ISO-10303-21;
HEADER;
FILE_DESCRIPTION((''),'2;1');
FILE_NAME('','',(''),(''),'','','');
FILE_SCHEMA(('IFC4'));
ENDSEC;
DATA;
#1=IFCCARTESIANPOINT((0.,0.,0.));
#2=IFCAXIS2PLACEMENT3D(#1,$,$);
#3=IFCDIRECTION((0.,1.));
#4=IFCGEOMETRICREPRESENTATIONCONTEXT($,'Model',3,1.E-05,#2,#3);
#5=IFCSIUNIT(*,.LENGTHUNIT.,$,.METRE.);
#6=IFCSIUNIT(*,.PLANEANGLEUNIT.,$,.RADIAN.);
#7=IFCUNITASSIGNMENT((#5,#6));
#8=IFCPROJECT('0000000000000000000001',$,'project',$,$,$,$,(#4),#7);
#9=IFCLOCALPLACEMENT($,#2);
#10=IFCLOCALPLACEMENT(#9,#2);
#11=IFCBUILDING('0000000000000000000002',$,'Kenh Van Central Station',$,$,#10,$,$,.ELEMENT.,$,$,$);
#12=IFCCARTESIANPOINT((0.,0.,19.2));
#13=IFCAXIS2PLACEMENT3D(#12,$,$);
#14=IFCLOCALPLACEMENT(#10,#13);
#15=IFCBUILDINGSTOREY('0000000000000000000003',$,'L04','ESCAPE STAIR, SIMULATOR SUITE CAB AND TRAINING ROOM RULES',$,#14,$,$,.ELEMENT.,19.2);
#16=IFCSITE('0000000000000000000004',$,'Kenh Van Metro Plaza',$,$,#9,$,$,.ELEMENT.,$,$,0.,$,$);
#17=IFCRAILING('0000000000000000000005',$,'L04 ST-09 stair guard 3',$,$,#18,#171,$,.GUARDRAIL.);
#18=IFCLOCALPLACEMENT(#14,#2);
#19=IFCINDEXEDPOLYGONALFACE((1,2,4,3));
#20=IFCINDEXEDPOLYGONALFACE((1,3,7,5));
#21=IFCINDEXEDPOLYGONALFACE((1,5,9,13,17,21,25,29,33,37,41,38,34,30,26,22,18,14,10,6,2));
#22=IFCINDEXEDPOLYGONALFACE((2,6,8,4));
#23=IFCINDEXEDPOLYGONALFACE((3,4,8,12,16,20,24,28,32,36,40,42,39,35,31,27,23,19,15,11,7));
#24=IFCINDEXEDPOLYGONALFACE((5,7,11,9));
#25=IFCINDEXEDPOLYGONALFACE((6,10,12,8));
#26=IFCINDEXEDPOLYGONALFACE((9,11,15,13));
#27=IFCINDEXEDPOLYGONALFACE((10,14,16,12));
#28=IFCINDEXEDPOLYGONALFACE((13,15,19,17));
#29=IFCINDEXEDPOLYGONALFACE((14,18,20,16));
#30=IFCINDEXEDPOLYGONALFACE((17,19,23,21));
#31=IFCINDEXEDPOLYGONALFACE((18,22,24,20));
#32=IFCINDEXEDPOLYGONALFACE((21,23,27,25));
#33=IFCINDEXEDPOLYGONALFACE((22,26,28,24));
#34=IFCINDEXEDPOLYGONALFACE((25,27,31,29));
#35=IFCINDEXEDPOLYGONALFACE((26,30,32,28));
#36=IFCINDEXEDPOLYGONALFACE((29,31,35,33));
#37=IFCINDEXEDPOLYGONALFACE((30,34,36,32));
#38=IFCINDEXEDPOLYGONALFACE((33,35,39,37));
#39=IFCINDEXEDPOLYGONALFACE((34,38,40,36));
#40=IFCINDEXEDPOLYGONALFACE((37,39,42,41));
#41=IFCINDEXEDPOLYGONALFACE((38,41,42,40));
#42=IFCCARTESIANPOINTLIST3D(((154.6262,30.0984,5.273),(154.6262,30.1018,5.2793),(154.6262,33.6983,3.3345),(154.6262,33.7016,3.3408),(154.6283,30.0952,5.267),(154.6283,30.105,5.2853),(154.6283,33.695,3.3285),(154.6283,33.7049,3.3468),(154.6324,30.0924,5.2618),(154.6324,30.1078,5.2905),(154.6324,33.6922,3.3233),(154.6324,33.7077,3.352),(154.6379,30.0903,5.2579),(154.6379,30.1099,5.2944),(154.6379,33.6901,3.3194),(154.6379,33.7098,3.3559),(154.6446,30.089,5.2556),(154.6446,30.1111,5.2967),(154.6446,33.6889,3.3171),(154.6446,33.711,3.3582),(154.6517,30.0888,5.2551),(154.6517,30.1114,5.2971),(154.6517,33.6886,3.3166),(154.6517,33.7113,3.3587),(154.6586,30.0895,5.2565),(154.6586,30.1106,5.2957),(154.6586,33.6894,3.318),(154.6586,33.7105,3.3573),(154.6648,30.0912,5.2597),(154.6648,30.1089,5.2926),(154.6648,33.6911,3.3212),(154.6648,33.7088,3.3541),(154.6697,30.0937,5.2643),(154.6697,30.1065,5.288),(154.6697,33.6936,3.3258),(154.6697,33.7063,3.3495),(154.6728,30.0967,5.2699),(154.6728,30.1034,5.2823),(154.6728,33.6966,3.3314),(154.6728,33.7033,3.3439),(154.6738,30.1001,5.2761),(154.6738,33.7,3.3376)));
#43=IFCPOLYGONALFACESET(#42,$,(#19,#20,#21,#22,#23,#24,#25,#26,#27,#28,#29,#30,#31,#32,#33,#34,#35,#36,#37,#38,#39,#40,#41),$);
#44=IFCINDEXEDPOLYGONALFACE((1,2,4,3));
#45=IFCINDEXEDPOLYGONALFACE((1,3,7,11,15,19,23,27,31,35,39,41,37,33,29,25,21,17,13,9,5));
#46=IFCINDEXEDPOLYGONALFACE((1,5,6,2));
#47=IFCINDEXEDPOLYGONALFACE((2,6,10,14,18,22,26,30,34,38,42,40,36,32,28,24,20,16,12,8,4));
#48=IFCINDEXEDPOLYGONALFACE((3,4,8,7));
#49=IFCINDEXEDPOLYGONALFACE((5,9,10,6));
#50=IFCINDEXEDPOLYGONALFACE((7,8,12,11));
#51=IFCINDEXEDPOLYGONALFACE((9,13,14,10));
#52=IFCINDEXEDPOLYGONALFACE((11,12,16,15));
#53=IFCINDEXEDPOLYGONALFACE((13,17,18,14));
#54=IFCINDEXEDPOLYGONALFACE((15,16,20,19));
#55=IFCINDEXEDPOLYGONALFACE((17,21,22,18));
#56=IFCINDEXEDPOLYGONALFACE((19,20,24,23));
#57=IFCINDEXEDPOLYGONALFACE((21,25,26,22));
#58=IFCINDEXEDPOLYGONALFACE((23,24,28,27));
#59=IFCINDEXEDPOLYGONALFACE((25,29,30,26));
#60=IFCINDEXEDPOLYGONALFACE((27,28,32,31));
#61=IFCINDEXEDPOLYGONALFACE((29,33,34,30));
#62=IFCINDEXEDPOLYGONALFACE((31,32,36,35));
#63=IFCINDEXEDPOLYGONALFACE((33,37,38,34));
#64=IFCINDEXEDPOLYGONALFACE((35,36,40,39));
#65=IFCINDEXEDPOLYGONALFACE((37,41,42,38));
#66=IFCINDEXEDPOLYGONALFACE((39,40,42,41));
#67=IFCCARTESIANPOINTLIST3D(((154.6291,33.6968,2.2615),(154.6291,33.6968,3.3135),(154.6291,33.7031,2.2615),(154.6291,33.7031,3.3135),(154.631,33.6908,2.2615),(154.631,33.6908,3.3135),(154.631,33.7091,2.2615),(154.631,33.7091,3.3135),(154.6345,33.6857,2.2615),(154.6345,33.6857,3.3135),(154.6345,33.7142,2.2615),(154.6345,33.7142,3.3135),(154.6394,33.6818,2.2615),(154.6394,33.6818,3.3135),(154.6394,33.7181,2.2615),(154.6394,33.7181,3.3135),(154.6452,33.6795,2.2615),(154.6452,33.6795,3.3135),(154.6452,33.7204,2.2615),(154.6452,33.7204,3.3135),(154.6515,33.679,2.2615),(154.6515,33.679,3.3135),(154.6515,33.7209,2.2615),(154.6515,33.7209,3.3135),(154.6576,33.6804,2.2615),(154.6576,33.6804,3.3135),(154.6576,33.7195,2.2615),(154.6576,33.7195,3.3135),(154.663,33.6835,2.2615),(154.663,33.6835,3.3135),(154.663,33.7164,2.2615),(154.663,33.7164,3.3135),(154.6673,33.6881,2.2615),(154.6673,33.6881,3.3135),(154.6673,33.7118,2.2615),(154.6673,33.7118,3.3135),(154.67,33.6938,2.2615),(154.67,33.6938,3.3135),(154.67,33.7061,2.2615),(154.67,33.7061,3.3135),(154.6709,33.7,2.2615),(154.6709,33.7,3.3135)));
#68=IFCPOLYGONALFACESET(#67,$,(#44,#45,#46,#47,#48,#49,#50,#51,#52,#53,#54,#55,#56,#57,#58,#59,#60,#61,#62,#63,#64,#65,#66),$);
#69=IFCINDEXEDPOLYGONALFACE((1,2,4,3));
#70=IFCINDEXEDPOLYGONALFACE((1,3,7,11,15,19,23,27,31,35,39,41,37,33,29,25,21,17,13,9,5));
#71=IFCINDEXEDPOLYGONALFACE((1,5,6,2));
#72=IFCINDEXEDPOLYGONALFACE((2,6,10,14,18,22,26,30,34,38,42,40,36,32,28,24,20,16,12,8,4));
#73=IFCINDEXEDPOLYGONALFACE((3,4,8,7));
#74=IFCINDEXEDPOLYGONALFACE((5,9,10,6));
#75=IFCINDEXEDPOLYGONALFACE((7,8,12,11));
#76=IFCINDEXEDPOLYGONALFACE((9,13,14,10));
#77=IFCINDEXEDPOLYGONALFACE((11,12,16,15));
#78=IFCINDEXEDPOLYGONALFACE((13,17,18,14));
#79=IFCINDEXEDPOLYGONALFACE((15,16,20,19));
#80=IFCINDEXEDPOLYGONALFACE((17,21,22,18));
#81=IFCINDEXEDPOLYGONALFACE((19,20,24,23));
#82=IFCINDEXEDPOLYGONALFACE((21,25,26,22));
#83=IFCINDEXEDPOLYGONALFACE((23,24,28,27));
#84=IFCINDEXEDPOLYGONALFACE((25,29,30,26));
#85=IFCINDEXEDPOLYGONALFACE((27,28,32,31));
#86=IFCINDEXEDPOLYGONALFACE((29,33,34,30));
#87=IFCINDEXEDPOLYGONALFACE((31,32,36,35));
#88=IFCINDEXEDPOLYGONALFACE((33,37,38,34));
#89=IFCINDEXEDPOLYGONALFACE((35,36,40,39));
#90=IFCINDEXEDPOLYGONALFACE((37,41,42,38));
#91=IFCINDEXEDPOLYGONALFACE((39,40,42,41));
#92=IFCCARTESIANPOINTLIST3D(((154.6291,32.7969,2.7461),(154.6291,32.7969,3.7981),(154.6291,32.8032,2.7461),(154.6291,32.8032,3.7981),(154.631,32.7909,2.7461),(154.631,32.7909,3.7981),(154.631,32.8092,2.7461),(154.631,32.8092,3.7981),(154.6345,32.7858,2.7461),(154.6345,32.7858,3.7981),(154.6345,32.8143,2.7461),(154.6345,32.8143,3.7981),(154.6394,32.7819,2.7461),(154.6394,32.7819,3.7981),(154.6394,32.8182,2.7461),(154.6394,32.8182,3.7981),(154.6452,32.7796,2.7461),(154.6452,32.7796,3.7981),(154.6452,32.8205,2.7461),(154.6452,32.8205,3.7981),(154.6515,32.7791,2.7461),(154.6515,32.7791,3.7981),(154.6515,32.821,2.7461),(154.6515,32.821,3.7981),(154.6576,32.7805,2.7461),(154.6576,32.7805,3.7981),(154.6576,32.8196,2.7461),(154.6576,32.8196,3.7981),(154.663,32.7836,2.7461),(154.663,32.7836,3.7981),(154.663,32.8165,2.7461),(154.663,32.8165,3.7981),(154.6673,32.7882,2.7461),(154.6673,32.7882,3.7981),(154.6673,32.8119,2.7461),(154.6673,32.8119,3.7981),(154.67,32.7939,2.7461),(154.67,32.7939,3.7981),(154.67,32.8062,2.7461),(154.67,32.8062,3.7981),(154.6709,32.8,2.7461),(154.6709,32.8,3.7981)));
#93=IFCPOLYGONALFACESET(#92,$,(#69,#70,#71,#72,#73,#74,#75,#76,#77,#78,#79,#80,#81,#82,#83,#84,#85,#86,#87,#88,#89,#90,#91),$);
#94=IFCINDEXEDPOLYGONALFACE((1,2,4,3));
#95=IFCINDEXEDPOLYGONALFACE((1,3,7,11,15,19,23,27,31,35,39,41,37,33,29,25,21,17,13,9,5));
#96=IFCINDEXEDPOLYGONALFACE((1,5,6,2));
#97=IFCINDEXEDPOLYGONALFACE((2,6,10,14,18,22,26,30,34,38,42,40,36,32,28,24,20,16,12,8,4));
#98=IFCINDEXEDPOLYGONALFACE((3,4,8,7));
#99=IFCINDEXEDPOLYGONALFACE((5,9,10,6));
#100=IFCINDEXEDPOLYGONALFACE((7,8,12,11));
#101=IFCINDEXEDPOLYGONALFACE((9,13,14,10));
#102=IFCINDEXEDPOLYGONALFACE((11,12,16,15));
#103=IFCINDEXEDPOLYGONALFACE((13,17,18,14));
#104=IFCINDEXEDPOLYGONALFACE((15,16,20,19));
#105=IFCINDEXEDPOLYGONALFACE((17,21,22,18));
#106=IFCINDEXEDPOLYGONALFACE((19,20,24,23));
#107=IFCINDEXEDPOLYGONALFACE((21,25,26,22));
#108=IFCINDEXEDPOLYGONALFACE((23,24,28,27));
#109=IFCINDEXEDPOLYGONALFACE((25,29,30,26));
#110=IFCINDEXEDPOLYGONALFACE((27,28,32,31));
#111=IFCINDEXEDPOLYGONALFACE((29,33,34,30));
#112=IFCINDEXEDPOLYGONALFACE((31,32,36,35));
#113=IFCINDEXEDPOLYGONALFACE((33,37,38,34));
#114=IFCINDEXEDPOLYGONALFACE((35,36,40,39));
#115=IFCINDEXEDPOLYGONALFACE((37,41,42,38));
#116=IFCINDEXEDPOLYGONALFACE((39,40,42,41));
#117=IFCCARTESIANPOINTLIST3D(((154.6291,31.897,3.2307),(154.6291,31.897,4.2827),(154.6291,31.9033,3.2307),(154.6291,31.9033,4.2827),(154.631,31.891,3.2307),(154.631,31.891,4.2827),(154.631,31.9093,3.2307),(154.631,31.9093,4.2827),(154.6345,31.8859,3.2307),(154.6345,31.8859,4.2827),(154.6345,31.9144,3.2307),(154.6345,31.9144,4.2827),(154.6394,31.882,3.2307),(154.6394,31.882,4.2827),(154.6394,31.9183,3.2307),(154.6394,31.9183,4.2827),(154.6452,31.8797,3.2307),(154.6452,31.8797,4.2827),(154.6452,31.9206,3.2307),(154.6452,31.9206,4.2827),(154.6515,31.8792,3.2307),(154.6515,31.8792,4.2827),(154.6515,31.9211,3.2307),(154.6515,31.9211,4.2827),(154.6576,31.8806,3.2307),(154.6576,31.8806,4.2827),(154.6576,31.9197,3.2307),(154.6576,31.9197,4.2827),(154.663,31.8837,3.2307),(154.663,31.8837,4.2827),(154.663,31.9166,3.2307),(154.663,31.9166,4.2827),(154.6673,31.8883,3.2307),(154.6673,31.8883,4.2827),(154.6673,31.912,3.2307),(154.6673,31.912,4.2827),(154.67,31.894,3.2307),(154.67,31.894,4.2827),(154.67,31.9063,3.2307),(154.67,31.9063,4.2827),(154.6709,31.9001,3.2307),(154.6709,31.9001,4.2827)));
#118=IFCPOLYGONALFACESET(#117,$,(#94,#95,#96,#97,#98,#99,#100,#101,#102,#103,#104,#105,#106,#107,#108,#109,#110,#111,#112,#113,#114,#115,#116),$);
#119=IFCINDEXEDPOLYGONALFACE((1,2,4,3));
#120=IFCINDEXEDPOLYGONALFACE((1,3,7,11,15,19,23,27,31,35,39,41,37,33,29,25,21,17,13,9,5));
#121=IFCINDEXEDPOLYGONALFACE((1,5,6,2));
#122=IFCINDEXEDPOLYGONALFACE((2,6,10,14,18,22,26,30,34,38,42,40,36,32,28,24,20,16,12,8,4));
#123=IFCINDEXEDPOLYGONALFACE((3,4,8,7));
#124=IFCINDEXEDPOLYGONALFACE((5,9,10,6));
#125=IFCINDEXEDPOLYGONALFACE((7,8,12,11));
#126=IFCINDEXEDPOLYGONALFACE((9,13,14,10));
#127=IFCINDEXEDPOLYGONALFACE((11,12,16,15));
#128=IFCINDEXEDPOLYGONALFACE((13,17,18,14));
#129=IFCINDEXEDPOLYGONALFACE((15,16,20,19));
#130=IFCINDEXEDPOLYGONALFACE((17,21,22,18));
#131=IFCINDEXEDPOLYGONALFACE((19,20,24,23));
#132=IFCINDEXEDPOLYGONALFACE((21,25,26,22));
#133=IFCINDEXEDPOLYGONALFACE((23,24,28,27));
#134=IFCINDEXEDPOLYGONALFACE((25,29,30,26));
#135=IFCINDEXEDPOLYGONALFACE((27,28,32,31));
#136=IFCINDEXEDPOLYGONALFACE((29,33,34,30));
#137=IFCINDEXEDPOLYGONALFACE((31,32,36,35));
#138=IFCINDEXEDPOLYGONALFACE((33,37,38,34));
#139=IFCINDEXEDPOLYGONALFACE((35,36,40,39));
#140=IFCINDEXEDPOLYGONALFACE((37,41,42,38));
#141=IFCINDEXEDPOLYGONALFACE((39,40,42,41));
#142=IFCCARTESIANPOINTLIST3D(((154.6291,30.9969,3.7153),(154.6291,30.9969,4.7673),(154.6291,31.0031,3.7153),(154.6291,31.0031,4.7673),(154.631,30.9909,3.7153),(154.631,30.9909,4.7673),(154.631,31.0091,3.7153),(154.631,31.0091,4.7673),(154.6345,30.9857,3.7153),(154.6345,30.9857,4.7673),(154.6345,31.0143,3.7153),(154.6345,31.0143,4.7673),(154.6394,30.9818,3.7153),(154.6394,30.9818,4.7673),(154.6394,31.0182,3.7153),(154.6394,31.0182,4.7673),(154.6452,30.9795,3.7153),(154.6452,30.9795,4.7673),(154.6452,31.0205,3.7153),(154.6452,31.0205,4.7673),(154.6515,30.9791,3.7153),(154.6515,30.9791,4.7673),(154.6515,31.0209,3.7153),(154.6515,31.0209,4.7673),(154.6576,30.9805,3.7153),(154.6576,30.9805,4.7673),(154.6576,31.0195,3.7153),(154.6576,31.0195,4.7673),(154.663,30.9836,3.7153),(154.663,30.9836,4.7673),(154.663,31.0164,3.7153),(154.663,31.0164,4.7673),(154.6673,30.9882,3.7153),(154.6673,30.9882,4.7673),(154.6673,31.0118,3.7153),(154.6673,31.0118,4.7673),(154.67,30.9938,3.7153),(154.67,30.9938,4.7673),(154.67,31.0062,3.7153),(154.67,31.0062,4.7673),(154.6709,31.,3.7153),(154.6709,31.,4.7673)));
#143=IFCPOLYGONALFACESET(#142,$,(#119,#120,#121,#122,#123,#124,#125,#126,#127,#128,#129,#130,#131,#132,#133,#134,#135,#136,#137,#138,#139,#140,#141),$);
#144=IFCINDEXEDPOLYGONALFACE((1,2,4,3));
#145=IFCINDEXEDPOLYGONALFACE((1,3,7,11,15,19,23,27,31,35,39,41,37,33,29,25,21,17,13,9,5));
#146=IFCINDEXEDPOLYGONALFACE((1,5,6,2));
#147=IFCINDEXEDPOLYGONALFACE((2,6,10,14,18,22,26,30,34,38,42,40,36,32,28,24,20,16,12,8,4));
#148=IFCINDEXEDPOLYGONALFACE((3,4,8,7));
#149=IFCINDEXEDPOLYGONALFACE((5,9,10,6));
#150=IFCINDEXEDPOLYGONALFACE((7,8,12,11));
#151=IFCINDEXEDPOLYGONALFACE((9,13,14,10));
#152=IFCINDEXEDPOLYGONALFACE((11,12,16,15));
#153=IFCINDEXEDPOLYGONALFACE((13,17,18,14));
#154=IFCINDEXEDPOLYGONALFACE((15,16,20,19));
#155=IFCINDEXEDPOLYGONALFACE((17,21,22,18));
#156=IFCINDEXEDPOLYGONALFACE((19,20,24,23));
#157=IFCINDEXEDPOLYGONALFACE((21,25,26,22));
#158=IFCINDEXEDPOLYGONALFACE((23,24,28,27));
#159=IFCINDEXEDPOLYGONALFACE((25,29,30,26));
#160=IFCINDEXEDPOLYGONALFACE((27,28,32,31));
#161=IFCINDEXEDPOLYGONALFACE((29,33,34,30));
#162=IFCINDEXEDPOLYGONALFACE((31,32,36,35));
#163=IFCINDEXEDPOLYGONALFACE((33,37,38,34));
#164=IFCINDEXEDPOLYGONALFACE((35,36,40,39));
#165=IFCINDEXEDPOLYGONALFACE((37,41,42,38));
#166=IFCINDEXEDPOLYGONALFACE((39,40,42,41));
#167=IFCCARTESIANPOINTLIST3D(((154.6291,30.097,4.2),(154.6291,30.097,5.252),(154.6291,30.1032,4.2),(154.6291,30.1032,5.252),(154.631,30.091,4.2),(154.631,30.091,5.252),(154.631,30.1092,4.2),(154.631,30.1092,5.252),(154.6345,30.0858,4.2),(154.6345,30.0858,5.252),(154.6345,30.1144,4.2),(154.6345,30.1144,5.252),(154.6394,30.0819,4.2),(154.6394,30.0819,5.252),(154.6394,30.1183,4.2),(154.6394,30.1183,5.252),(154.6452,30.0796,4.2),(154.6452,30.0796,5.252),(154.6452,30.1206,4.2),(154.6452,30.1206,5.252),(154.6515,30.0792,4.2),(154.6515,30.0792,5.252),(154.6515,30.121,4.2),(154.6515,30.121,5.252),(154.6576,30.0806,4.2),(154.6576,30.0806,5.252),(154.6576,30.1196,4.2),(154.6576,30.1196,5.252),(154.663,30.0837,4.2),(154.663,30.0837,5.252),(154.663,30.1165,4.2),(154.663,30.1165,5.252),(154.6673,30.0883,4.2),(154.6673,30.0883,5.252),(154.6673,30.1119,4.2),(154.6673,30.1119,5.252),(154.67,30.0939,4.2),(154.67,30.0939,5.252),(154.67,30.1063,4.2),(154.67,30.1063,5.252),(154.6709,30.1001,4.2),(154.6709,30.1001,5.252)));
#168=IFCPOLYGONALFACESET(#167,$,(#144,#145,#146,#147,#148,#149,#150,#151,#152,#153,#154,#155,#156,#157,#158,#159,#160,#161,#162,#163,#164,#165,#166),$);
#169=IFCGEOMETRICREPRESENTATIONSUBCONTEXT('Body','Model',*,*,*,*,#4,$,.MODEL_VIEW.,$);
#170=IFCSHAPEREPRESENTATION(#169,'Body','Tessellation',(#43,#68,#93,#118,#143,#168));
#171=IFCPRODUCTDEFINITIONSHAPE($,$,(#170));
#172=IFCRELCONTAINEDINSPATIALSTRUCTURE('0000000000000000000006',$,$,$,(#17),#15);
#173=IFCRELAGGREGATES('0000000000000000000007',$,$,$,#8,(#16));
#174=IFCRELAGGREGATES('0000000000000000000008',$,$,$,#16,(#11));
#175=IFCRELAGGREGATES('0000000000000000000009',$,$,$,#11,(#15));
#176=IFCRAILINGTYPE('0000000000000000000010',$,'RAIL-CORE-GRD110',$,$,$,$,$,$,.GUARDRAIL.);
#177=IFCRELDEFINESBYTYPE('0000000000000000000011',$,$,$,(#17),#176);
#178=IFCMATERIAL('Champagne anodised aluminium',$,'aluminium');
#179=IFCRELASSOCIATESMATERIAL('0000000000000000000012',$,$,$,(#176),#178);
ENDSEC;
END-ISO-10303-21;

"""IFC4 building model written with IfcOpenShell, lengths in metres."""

from ifc_helpers import new_model, si_unit, direction, frame, origin, origin_2d, place, context, subcontext, project, spatial, circle, extrude, material, type_object, element, save


model = new_model("IFC4")

# Units and contexts
model_context = context("Model", 3, precision=1e-05, world=origin(), true_north=direction((0.0, 1.0)))
body_context = subcontext(model_context, "Body", "Model", "MODEL_VIEW")
ifc_project = project(units=[si_unit("LENGTHUNIT", "METRE"), si_unit("PLANEANGLEUNIT", "RADIAN")], contexts=[model_context])

# Site, building, storey
site_placement = place(None, origin())
site = spatial("IfcSite", under=ifc_project, at=site_placement, Name="Kenh Van Metro Plaza", CompositionType="ELEMENT", RefElevation=0.0)
building_placement = place(site_placement, origin())
building = spatial("IfcBuilding", under=site, at=building_placement, Name="Kenh Van Central Station", CompositionType="ELEMENT")
storey_placement = place(building_placement, frame((0.0, 0.0, 19.2)))
storey = spatial("IfcBuildingStorey", under=building, at=storey_placement, Name="L04", Description="ESCAPE STAIR, SIMULATOR SUITE CAB AND TRAINING ROOM RULES", CompositionType="ELEMENT", Elevation=19.2)

# Shared definitions
ifc_material_1 = material(Name="Champagne anodised aluminium", Category="aluminium")

# Railing
railing_type_1 = type_object("IfcRailingType", Name="RAIL-CORE-GRD110", PredefinedType="GUARDRAIL", material=ifc_material_1)
railing_1_placement = place(storey_placement, frame((154.6499, 33.7, 2.2615)))
element("IfcRailing", 1, at=railing_1_placement, inside=storey, type_object=railing_type_1, Name="L04 ST-09 stair guard 3", PredefinedType="GUARDRAIL", context=body_context, shape_type="SweptSolid", body=[
    extrude(circle(Radius=0.0239, at=origin_2d()), frame((0.0, 0.0, 1.0762), z_axis=(0.0, -0.880462, 0.474118), x_axis=(1.0, 0.0, 0.0)), (0.0, 0.0, 1.0), 4.0886),
    extrude(circle(Radius=0.021, at=origin_2d()), origin(), (0.0, 0.0, 1.0), 1.052),
    extrude(circle(Radius=0.021, at=origin_2d()), frame((0.0, -0.8999, 0.4846)), (0.0, 0.0, 1.0), 1.052),
    extrude(circle(Radius=0.021, at=origin_2d()), frame((0.0, -1.7998, 0.9692)), (0.0, 0.0, 1.0), 1.052),
    extrude(circle(Radius=0.021, at=origin_2d()), frame((0.0, -2.7, 1.4539)), (0.0, 0.0, 1.0), 1.052),
    extrude(circle(Radius=0.021, at=origin_2d()), frame((0.0, -3.5999, 1.9385)), (0.0, 0.0, 1.0), 1.052),
])

save(model, "model.ifc")
